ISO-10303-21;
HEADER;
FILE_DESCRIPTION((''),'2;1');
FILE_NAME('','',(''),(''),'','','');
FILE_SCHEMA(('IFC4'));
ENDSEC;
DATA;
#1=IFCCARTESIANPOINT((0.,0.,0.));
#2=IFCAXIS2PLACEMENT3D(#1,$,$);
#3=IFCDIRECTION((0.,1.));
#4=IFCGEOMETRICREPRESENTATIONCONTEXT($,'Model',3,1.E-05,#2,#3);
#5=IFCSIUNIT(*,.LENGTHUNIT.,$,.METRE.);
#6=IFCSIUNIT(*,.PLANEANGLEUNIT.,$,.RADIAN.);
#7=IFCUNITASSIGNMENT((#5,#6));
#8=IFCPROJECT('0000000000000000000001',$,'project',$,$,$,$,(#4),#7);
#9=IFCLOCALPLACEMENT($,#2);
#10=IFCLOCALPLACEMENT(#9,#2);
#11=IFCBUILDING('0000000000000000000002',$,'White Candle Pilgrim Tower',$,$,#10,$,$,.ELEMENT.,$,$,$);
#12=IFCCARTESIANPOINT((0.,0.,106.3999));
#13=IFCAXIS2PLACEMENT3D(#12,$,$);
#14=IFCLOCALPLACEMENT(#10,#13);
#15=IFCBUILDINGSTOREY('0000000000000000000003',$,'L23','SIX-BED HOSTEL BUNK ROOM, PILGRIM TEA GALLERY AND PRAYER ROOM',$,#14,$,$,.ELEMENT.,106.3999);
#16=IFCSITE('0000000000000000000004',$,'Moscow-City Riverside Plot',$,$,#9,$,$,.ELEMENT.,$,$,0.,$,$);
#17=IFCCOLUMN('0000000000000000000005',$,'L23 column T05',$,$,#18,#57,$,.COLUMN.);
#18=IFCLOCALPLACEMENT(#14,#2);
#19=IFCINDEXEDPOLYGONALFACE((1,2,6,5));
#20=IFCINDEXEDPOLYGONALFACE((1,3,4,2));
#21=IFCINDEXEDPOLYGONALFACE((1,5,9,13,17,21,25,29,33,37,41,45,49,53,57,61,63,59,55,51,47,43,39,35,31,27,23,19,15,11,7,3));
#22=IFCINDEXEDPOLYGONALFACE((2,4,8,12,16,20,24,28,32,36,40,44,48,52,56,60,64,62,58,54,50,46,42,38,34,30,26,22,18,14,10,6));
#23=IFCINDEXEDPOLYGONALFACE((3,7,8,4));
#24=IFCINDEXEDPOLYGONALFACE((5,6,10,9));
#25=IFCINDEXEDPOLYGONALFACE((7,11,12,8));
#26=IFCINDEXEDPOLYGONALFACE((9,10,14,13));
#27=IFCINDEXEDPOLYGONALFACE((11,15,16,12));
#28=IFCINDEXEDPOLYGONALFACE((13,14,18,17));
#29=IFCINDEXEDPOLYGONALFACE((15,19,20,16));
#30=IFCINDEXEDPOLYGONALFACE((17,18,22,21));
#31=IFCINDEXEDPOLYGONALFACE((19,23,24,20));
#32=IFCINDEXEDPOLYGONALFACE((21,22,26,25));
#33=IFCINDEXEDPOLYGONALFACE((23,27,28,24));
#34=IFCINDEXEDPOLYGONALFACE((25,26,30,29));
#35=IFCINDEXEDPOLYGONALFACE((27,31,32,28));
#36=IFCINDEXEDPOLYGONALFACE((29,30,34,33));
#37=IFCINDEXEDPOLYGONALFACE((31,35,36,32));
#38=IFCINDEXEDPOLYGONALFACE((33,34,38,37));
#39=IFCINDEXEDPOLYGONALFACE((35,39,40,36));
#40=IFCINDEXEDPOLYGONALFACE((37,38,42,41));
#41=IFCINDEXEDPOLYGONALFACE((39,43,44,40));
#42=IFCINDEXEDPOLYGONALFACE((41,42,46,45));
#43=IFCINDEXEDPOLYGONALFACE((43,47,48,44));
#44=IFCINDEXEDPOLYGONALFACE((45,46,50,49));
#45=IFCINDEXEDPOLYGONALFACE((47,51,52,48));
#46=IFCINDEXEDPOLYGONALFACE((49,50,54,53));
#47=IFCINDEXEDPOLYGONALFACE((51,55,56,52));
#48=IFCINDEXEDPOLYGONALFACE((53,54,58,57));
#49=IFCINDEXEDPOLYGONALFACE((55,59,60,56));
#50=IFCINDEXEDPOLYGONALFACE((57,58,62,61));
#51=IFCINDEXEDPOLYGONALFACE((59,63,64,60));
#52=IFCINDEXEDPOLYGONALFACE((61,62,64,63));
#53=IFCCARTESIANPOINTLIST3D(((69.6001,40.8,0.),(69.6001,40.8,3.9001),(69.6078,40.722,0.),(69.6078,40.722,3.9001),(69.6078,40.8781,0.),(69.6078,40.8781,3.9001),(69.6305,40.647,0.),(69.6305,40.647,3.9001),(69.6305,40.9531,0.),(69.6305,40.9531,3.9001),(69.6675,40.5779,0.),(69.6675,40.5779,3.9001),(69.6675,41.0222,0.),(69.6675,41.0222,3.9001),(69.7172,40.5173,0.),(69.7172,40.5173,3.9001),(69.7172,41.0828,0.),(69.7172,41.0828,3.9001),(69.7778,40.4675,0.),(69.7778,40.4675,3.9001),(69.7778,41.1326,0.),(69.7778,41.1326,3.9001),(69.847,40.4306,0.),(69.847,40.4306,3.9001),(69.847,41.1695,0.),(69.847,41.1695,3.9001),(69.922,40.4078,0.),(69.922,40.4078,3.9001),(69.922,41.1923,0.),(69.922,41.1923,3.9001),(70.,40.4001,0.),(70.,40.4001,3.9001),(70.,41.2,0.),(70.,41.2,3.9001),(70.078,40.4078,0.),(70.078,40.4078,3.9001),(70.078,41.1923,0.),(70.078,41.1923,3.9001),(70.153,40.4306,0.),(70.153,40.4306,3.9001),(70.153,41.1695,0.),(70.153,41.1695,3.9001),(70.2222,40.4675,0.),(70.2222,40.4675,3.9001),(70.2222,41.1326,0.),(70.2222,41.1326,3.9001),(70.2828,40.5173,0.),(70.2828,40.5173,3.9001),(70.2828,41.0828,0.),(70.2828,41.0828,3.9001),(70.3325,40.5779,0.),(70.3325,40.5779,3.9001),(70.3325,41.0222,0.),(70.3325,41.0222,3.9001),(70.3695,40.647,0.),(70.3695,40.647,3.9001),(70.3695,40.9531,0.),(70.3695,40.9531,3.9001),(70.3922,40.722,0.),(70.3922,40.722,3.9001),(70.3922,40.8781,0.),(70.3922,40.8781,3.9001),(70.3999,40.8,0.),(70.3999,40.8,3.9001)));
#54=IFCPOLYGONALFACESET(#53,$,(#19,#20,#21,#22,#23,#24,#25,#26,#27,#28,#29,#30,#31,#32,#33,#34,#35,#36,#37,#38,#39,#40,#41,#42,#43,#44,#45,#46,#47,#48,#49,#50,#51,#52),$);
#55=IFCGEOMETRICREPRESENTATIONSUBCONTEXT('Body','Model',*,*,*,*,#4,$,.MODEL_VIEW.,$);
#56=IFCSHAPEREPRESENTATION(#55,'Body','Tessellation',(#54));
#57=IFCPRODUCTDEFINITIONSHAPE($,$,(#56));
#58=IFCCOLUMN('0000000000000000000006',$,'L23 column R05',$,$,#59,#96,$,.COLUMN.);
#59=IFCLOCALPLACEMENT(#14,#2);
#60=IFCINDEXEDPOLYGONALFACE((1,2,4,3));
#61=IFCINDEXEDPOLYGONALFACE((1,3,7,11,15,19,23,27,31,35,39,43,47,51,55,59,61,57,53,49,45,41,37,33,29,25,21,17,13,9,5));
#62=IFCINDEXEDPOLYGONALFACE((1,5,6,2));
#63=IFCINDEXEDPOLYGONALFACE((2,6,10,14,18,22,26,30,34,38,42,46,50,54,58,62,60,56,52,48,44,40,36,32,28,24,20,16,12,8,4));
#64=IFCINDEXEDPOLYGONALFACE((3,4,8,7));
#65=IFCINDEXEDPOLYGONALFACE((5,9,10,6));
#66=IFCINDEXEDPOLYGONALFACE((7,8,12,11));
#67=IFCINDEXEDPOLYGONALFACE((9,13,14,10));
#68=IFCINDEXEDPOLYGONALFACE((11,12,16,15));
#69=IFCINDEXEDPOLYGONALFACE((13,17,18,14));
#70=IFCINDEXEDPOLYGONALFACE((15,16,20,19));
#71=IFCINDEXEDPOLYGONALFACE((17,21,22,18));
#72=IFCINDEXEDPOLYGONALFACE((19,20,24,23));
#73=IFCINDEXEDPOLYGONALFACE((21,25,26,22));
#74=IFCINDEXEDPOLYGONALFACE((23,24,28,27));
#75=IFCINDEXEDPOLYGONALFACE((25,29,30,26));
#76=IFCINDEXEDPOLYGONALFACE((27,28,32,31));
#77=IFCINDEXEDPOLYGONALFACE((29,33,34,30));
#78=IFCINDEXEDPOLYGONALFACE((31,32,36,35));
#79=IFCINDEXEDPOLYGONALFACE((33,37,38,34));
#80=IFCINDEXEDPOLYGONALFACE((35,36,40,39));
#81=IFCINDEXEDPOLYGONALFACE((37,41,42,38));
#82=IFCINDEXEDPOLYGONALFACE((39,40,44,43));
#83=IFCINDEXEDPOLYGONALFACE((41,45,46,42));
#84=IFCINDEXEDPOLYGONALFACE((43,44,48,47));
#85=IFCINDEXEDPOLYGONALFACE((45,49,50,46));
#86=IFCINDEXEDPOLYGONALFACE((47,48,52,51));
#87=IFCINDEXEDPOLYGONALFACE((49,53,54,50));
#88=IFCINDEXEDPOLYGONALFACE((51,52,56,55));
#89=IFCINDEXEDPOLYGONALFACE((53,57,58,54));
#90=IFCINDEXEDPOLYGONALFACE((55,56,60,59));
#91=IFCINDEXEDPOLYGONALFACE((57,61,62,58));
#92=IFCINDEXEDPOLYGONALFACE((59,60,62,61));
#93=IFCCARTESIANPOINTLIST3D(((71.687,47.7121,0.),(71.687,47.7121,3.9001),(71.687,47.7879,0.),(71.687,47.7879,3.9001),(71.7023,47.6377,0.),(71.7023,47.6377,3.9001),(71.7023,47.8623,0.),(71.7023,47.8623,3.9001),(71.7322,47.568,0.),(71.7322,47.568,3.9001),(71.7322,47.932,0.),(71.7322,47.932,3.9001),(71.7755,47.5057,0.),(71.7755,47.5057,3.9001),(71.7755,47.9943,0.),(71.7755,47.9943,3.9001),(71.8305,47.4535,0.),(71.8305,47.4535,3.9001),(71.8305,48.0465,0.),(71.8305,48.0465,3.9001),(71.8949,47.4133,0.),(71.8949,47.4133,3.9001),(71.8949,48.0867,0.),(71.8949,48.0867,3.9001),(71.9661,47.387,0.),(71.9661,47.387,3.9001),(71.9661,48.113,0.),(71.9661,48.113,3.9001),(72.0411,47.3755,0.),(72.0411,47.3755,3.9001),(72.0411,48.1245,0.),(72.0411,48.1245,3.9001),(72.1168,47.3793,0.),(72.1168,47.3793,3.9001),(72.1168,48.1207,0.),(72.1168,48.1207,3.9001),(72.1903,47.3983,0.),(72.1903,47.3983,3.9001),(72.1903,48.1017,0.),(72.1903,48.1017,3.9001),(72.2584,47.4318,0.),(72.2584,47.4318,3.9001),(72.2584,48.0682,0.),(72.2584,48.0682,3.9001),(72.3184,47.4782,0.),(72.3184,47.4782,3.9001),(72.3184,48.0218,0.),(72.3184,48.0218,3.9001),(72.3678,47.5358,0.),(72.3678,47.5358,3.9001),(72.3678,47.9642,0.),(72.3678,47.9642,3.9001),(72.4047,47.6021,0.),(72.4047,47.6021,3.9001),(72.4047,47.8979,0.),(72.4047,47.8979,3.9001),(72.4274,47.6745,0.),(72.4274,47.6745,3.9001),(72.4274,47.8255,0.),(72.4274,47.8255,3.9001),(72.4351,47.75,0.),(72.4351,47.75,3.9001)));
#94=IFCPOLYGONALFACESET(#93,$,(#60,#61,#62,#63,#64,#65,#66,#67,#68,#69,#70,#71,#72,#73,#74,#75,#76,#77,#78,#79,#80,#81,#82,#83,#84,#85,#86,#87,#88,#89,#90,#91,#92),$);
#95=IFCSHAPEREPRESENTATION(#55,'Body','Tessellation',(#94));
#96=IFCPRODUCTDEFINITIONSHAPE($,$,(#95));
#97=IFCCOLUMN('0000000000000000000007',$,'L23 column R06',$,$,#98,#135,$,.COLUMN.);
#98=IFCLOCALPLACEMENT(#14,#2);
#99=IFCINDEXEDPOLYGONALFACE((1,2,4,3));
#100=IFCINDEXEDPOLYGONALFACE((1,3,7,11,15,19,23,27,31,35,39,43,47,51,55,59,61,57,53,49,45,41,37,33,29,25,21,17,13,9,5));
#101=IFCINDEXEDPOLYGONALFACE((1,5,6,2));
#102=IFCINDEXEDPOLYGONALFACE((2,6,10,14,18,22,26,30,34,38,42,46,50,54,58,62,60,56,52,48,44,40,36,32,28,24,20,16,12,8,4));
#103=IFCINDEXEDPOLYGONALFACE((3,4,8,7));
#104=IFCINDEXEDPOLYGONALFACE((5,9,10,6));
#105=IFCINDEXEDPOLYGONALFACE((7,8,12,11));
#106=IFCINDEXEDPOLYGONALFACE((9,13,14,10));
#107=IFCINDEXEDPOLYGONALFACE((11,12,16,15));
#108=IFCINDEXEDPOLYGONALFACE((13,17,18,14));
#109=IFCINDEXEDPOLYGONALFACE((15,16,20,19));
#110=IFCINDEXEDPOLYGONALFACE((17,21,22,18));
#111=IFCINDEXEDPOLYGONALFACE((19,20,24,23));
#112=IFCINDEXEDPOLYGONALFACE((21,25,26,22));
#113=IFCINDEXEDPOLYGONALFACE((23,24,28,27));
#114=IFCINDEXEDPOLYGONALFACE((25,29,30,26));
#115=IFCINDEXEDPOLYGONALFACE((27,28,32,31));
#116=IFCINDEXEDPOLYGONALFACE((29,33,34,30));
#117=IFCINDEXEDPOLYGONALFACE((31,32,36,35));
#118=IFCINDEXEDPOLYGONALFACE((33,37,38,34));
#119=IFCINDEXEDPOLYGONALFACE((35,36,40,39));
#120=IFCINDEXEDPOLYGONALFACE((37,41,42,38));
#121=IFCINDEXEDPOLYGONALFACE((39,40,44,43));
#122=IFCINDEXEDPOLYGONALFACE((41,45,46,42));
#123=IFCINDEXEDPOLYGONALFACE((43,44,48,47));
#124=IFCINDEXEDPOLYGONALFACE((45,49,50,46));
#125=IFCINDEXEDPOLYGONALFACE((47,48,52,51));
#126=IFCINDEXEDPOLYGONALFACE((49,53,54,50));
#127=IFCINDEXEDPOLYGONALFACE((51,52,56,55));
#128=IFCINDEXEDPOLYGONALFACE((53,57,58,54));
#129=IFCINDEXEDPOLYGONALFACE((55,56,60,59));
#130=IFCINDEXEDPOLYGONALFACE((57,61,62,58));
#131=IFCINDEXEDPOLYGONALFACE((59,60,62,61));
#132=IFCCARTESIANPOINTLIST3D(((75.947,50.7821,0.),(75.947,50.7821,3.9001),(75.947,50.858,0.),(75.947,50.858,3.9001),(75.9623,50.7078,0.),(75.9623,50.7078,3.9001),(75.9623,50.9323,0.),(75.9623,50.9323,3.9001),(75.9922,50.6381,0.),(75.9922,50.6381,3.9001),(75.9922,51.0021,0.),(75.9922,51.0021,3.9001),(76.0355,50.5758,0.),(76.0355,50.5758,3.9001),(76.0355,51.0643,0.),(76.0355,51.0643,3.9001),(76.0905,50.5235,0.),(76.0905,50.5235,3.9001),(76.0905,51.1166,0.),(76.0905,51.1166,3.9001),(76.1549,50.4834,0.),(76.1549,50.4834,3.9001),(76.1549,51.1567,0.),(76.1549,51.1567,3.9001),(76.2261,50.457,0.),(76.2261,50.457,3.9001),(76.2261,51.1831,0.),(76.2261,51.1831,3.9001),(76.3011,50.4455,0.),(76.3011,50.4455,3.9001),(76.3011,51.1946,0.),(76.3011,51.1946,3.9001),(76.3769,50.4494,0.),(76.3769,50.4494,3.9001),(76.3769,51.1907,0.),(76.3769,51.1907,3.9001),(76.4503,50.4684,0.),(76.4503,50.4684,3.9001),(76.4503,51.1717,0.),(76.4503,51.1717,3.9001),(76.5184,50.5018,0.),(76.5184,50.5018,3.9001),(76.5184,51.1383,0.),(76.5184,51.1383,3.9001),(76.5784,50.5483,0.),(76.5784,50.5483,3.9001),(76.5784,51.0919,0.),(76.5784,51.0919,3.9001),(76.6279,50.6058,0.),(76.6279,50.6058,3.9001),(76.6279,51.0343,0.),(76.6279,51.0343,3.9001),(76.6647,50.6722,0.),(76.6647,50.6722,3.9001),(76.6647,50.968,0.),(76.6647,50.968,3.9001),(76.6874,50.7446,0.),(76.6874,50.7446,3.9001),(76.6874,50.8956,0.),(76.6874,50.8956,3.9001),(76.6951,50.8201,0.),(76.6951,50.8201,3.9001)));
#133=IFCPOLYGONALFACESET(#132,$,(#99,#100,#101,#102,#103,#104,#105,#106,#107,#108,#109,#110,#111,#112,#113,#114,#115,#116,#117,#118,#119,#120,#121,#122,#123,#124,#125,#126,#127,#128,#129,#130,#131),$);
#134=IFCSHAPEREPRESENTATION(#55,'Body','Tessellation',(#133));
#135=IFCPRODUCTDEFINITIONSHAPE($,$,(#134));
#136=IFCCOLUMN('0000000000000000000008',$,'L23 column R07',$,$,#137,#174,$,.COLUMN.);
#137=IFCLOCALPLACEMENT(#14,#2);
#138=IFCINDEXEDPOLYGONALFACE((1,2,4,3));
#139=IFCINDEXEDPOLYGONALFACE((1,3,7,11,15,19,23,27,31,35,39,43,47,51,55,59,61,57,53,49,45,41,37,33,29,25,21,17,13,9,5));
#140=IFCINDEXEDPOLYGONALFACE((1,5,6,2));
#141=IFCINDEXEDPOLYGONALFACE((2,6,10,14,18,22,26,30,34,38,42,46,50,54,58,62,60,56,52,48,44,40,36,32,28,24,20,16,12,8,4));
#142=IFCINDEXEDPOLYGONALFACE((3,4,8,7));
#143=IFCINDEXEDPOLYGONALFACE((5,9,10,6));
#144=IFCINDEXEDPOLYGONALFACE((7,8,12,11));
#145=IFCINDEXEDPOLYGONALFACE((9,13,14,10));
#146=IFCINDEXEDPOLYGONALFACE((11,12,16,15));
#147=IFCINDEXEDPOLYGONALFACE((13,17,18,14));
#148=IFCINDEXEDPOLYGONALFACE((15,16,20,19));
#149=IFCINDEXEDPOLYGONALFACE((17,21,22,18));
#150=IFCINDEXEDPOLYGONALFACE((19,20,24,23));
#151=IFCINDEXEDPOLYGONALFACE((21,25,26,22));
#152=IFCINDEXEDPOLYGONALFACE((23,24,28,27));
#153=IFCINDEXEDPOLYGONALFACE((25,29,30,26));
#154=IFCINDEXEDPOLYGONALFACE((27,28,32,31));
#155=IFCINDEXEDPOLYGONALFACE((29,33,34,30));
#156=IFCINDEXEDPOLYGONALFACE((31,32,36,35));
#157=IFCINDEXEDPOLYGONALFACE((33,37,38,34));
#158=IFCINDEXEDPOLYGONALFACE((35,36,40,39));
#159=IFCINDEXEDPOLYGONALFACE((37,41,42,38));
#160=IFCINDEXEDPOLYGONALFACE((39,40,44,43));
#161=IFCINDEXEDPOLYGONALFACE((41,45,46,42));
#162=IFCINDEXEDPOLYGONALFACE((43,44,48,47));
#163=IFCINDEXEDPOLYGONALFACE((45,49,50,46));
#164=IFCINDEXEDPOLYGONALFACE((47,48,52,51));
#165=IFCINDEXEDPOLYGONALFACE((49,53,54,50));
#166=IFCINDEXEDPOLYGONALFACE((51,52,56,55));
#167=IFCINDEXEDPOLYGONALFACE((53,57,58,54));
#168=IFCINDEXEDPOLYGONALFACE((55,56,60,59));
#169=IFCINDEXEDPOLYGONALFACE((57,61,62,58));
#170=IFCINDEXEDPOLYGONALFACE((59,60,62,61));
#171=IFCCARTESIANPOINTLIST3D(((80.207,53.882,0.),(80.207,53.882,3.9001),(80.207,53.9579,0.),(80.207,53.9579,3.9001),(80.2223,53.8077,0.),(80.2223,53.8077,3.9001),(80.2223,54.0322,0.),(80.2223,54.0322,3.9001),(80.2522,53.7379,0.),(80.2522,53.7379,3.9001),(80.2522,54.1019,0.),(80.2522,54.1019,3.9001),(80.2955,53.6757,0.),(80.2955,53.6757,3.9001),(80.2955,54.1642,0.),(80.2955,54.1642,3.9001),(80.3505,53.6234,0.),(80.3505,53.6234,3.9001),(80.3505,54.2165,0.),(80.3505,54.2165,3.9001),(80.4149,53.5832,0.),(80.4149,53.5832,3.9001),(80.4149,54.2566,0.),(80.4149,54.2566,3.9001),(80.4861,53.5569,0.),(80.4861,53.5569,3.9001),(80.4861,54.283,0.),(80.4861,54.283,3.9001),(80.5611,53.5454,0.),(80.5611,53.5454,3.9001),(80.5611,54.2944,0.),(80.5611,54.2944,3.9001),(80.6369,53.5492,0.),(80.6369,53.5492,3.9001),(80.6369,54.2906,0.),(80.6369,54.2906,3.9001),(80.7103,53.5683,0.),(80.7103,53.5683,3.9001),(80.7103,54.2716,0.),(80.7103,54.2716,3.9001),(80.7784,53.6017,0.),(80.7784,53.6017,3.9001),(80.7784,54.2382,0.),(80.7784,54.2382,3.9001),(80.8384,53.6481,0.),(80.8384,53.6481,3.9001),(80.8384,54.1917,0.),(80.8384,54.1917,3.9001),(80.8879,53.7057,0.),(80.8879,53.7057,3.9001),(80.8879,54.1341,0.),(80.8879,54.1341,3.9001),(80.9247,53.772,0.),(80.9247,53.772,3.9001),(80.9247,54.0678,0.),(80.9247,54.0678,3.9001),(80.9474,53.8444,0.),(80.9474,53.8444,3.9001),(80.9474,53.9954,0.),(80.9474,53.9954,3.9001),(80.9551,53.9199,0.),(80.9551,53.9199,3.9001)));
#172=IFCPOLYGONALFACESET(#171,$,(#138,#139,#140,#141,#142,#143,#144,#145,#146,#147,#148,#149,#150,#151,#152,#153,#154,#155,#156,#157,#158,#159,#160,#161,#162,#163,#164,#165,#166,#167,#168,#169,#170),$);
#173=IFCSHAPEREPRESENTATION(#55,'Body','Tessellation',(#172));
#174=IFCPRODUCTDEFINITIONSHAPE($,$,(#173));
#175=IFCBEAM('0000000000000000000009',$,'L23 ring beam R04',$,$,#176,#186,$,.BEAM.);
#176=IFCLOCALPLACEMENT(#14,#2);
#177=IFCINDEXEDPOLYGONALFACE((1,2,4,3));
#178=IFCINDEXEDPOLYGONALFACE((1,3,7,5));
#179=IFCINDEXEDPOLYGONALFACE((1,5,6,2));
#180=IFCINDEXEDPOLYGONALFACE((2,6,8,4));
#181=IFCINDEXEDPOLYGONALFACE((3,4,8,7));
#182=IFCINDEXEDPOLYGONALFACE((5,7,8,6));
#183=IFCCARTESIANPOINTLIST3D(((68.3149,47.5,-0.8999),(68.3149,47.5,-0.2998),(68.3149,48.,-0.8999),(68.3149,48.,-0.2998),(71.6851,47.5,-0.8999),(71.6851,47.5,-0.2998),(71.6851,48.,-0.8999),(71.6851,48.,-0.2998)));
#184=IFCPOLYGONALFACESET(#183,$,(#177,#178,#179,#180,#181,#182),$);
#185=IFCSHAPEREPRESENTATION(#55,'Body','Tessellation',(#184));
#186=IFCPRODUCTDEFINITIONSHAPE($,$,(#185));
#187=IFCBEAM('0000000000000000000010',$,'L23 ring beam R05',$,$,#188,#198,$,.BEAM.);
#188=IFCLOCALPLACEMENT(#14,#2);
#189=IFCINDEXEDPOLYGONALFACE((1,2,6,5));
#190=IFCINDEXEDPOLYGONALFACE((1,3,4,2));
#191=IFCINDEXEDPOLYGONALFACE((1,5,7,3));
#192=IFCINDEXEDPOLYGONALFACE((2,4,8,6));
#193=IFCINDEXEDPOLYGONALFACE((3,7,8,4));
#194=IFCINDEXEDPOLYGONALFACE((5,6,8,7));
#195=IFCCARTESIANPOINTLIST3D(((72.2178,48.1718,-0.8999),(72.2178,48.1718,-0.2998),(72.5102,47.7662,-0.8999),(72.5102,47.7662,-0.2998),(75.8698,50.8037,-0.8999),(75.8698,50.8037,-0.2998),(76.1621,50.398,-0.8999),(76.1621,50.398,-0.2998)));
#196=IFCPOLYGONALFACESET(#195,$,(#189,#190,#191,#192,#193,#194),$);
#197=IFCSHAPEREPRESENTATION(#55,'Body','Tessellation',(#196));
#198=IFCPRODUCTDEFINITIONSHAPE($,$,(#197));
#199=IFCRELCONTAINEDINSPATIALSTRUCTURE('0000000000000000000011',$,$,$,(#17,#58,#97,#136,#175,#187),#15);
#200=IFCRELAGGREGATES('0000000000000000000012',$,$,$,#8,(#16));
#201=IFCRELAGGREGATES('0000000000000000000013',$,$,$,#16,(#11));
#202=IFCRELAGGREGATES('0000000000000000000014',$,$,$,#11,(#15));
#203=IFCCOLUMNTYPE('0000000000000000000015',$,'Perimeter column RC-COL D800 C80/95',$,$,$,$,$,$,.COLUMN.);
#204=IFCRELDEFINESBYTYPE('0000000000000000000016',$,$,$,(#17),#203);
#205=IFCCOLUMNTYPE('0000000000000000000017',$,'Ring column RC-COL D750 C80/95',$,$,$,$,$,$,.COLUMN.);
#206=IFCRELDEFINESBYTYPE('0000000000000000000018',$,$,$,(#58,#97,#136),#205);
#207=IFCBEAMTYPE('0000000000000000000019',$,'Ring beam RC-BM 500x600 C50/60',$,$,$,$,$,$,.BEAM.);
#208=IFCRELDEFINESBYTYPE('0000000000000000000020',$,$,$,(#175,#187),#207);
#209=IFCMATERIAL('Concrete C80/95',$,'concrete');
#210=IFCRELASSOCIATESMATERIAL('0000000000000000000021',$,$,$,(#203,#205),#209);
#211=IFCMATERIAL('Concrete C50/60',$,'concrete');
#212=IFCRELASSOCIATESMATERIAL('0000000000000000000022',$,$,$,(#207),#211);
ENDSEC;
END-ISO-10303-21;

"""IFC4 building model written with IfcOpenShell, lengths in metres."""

from ifc_helpers import new_model, si_unit, direction, frame, origin, origin_2d, place, context, subcontext, project, spatial, rectangle, circle, extrude, material, material_profile, profile_set, type_object, element, save


model = new_model("IFC4")

# Units and contexts
model_context = context("Model", 3, precision=1e-05, world=origin(), true_north=direction((0.0, 1.0)))
body_context = subcontext(model_context, "Body", "Model", "MODEL_VIEW")
ifc_project = project(units=[si_unit("LENGTHUNIT", "METRE"), si_unit("PLANEANGLEUNIT", "RADIAN")], contexts=[model_context])

# Site, building, storey
site_placement = place(None, origin())
site = spatial("IfcSite", under=ifc_project, at=site_placement, Name="Moscow-City Riverside Plot", CompositionType="ELEMENT", RefElevation=0.0)
building_placement = place(site_placement, origin())
building = spatial("IfcBuilding", under=site, at=building_placement, Name="White Candle Pilgrim Tower", CompositionType="ELEMENT")
storey_placement = place(building_placement, frame((0.0, 0.0, 106.3999)))
storey = spatial("IfcBuildingStorey", under=building, at=storey_placement, Name="L23", Description="SIX-BED HOSTEL BUNK ROOM, PILGRIM TEA GALLERY AND PRAYER ROOM", CompositionType="ELEMENT", Elevation=106.3999)

# Columns
ifc_material_1 = material(Name="Concrete C80/95", Category="concrete")
ifc_material_profile_1 = material_profile(ifc_material_1, circle(Radius=0.3999, at=origin_2d()), Name="RC-COL D800")
ifc_profile_set_1 = profile_set([ifc_material_profile_1], Name="Concrete C80/95")
column_type_1 = type_object("IfcColumnType", Name="Perimeter column RC-COL D800 C80/95", PredefinedType="COLUMN", material=ifc_profile_set_1)
column_placement = place(storey_placement, frame((70.0, 40.8, 0.0), z_axis=(0.0, 0.0, 1.0), x_axis=(1.0, 0.0, 0.0)))
element("IfcColumn", 1, at=column_placement, inside=storey, type_object=column_type_1, Name="L23 column T05", PredefinedType="COLUMN", context=body_context, shape_type="SweptSolid", body=[
    extrude(circle(Radius=0.3999, at=origin_2d()), origin(), (0.0, 0.0, 1.0), 3.9001),
])
ifc_material_profile_2 = material_profile(ifc_material_1, circle(Radius=0.375, at=origin_2d()), Name="RC-COL D750")
ifc_profile_set_2 = profile_set([ifc_material_profile_2], Name="Concrete C80/95")
column_type_2 = type_object("IfcColumnType", Name="Ring column RC-COL D750 C80/95", PredefinedType="COLUMN", material=ifc_profile_set_2)
for number, where, z_axis, x_axis, name in (
    (2, (72.0601, 47.75, 0.0), (0.0, 0.0, 1.0), (1.0, 0.0, 0.0), "L23 column R05"),
    (3, (76.3201, 50.8201, 0.0), (0.0, 0.0, 1.0), (1.0, 0.0, 0.0), "L23 column R06"),
    (4, (80.5801, 53.9199, 0.0), (0.0, 0.0, 1.0), (1.0, 0.0, 0.0), "L23 column R07"),
):
    element("IfcColumn", number, at=place(storey_placement, frame(where, z_axis=z_axis, x_axis=x_axis)), inside=storey, type_object=column_type_2, Name=name, PredefinedType="COLUMN", context=body_context, shape_type="SweptSolid", body=[
        extrude(circle(Radius=0.375, at=origin_2d()), origin(), (0.0, 0.0, 1.0), 3.9001),
    ])

# Beams
ifc_material_2 = material(Name="Concrete C50/60", Category="concrete")
ifc_material_profile_3 = material_profile(ifc_material_2, rectangle(XDim=0.5, YDim=0.6001, at=origin_2d()), Name="RC-BM 500x600")
ifc_profile_set_3 = profile_set([ifc_material_profile_3], Name="Concrete C50/60")
beam_type = type_object("IfcBeamType", Name="Ring beam RC-BM 500x600 C50/60", PredefinedType="BEAM", material=ifc_profile_set_3)
beam_1_placement = place(storey_placement, frame((68.3149, 47.75, -0.5999), z_axis=(1.0, 0.0, 0.0), x_axis=(0.0, 1.0, 0.0)))
element("IfcBeam", 5, at=beam_1_placement, inside=storey, type_object=beam_type, Name="L23 ring beam R04", PredefinedType="BEAM", context=body_context, shape_type="SweptSolid", body=[
    extrude(rectangle(XDim=0.5, YDim=0.6001, at=origin_2d()), origin(), (0.0, 0.0, 1.0), 3.3701),
])
beam_2_placement = place(storey_placement, frame((72.364, 47.969, -0.5999), z_axis=(0.811271, 0.58467, 0.0), x_axis=(-0.58467, 0.811271, 0.0)))
element("IfcBeam", 6, at=beam_2_placement, inside=storey, type_object=beam_type, Name="L23 ring beam R05", PredefinedType="BEAM", context=body_context, shape_type="SweptSolid", body=[
    extrude(rectangle(XDim=0.5, YDim=0.6001, at=origin_2d()), origin(), (0.0, 0.0, 1.0), 4.5015),
])

save(model, "model.ifc")
